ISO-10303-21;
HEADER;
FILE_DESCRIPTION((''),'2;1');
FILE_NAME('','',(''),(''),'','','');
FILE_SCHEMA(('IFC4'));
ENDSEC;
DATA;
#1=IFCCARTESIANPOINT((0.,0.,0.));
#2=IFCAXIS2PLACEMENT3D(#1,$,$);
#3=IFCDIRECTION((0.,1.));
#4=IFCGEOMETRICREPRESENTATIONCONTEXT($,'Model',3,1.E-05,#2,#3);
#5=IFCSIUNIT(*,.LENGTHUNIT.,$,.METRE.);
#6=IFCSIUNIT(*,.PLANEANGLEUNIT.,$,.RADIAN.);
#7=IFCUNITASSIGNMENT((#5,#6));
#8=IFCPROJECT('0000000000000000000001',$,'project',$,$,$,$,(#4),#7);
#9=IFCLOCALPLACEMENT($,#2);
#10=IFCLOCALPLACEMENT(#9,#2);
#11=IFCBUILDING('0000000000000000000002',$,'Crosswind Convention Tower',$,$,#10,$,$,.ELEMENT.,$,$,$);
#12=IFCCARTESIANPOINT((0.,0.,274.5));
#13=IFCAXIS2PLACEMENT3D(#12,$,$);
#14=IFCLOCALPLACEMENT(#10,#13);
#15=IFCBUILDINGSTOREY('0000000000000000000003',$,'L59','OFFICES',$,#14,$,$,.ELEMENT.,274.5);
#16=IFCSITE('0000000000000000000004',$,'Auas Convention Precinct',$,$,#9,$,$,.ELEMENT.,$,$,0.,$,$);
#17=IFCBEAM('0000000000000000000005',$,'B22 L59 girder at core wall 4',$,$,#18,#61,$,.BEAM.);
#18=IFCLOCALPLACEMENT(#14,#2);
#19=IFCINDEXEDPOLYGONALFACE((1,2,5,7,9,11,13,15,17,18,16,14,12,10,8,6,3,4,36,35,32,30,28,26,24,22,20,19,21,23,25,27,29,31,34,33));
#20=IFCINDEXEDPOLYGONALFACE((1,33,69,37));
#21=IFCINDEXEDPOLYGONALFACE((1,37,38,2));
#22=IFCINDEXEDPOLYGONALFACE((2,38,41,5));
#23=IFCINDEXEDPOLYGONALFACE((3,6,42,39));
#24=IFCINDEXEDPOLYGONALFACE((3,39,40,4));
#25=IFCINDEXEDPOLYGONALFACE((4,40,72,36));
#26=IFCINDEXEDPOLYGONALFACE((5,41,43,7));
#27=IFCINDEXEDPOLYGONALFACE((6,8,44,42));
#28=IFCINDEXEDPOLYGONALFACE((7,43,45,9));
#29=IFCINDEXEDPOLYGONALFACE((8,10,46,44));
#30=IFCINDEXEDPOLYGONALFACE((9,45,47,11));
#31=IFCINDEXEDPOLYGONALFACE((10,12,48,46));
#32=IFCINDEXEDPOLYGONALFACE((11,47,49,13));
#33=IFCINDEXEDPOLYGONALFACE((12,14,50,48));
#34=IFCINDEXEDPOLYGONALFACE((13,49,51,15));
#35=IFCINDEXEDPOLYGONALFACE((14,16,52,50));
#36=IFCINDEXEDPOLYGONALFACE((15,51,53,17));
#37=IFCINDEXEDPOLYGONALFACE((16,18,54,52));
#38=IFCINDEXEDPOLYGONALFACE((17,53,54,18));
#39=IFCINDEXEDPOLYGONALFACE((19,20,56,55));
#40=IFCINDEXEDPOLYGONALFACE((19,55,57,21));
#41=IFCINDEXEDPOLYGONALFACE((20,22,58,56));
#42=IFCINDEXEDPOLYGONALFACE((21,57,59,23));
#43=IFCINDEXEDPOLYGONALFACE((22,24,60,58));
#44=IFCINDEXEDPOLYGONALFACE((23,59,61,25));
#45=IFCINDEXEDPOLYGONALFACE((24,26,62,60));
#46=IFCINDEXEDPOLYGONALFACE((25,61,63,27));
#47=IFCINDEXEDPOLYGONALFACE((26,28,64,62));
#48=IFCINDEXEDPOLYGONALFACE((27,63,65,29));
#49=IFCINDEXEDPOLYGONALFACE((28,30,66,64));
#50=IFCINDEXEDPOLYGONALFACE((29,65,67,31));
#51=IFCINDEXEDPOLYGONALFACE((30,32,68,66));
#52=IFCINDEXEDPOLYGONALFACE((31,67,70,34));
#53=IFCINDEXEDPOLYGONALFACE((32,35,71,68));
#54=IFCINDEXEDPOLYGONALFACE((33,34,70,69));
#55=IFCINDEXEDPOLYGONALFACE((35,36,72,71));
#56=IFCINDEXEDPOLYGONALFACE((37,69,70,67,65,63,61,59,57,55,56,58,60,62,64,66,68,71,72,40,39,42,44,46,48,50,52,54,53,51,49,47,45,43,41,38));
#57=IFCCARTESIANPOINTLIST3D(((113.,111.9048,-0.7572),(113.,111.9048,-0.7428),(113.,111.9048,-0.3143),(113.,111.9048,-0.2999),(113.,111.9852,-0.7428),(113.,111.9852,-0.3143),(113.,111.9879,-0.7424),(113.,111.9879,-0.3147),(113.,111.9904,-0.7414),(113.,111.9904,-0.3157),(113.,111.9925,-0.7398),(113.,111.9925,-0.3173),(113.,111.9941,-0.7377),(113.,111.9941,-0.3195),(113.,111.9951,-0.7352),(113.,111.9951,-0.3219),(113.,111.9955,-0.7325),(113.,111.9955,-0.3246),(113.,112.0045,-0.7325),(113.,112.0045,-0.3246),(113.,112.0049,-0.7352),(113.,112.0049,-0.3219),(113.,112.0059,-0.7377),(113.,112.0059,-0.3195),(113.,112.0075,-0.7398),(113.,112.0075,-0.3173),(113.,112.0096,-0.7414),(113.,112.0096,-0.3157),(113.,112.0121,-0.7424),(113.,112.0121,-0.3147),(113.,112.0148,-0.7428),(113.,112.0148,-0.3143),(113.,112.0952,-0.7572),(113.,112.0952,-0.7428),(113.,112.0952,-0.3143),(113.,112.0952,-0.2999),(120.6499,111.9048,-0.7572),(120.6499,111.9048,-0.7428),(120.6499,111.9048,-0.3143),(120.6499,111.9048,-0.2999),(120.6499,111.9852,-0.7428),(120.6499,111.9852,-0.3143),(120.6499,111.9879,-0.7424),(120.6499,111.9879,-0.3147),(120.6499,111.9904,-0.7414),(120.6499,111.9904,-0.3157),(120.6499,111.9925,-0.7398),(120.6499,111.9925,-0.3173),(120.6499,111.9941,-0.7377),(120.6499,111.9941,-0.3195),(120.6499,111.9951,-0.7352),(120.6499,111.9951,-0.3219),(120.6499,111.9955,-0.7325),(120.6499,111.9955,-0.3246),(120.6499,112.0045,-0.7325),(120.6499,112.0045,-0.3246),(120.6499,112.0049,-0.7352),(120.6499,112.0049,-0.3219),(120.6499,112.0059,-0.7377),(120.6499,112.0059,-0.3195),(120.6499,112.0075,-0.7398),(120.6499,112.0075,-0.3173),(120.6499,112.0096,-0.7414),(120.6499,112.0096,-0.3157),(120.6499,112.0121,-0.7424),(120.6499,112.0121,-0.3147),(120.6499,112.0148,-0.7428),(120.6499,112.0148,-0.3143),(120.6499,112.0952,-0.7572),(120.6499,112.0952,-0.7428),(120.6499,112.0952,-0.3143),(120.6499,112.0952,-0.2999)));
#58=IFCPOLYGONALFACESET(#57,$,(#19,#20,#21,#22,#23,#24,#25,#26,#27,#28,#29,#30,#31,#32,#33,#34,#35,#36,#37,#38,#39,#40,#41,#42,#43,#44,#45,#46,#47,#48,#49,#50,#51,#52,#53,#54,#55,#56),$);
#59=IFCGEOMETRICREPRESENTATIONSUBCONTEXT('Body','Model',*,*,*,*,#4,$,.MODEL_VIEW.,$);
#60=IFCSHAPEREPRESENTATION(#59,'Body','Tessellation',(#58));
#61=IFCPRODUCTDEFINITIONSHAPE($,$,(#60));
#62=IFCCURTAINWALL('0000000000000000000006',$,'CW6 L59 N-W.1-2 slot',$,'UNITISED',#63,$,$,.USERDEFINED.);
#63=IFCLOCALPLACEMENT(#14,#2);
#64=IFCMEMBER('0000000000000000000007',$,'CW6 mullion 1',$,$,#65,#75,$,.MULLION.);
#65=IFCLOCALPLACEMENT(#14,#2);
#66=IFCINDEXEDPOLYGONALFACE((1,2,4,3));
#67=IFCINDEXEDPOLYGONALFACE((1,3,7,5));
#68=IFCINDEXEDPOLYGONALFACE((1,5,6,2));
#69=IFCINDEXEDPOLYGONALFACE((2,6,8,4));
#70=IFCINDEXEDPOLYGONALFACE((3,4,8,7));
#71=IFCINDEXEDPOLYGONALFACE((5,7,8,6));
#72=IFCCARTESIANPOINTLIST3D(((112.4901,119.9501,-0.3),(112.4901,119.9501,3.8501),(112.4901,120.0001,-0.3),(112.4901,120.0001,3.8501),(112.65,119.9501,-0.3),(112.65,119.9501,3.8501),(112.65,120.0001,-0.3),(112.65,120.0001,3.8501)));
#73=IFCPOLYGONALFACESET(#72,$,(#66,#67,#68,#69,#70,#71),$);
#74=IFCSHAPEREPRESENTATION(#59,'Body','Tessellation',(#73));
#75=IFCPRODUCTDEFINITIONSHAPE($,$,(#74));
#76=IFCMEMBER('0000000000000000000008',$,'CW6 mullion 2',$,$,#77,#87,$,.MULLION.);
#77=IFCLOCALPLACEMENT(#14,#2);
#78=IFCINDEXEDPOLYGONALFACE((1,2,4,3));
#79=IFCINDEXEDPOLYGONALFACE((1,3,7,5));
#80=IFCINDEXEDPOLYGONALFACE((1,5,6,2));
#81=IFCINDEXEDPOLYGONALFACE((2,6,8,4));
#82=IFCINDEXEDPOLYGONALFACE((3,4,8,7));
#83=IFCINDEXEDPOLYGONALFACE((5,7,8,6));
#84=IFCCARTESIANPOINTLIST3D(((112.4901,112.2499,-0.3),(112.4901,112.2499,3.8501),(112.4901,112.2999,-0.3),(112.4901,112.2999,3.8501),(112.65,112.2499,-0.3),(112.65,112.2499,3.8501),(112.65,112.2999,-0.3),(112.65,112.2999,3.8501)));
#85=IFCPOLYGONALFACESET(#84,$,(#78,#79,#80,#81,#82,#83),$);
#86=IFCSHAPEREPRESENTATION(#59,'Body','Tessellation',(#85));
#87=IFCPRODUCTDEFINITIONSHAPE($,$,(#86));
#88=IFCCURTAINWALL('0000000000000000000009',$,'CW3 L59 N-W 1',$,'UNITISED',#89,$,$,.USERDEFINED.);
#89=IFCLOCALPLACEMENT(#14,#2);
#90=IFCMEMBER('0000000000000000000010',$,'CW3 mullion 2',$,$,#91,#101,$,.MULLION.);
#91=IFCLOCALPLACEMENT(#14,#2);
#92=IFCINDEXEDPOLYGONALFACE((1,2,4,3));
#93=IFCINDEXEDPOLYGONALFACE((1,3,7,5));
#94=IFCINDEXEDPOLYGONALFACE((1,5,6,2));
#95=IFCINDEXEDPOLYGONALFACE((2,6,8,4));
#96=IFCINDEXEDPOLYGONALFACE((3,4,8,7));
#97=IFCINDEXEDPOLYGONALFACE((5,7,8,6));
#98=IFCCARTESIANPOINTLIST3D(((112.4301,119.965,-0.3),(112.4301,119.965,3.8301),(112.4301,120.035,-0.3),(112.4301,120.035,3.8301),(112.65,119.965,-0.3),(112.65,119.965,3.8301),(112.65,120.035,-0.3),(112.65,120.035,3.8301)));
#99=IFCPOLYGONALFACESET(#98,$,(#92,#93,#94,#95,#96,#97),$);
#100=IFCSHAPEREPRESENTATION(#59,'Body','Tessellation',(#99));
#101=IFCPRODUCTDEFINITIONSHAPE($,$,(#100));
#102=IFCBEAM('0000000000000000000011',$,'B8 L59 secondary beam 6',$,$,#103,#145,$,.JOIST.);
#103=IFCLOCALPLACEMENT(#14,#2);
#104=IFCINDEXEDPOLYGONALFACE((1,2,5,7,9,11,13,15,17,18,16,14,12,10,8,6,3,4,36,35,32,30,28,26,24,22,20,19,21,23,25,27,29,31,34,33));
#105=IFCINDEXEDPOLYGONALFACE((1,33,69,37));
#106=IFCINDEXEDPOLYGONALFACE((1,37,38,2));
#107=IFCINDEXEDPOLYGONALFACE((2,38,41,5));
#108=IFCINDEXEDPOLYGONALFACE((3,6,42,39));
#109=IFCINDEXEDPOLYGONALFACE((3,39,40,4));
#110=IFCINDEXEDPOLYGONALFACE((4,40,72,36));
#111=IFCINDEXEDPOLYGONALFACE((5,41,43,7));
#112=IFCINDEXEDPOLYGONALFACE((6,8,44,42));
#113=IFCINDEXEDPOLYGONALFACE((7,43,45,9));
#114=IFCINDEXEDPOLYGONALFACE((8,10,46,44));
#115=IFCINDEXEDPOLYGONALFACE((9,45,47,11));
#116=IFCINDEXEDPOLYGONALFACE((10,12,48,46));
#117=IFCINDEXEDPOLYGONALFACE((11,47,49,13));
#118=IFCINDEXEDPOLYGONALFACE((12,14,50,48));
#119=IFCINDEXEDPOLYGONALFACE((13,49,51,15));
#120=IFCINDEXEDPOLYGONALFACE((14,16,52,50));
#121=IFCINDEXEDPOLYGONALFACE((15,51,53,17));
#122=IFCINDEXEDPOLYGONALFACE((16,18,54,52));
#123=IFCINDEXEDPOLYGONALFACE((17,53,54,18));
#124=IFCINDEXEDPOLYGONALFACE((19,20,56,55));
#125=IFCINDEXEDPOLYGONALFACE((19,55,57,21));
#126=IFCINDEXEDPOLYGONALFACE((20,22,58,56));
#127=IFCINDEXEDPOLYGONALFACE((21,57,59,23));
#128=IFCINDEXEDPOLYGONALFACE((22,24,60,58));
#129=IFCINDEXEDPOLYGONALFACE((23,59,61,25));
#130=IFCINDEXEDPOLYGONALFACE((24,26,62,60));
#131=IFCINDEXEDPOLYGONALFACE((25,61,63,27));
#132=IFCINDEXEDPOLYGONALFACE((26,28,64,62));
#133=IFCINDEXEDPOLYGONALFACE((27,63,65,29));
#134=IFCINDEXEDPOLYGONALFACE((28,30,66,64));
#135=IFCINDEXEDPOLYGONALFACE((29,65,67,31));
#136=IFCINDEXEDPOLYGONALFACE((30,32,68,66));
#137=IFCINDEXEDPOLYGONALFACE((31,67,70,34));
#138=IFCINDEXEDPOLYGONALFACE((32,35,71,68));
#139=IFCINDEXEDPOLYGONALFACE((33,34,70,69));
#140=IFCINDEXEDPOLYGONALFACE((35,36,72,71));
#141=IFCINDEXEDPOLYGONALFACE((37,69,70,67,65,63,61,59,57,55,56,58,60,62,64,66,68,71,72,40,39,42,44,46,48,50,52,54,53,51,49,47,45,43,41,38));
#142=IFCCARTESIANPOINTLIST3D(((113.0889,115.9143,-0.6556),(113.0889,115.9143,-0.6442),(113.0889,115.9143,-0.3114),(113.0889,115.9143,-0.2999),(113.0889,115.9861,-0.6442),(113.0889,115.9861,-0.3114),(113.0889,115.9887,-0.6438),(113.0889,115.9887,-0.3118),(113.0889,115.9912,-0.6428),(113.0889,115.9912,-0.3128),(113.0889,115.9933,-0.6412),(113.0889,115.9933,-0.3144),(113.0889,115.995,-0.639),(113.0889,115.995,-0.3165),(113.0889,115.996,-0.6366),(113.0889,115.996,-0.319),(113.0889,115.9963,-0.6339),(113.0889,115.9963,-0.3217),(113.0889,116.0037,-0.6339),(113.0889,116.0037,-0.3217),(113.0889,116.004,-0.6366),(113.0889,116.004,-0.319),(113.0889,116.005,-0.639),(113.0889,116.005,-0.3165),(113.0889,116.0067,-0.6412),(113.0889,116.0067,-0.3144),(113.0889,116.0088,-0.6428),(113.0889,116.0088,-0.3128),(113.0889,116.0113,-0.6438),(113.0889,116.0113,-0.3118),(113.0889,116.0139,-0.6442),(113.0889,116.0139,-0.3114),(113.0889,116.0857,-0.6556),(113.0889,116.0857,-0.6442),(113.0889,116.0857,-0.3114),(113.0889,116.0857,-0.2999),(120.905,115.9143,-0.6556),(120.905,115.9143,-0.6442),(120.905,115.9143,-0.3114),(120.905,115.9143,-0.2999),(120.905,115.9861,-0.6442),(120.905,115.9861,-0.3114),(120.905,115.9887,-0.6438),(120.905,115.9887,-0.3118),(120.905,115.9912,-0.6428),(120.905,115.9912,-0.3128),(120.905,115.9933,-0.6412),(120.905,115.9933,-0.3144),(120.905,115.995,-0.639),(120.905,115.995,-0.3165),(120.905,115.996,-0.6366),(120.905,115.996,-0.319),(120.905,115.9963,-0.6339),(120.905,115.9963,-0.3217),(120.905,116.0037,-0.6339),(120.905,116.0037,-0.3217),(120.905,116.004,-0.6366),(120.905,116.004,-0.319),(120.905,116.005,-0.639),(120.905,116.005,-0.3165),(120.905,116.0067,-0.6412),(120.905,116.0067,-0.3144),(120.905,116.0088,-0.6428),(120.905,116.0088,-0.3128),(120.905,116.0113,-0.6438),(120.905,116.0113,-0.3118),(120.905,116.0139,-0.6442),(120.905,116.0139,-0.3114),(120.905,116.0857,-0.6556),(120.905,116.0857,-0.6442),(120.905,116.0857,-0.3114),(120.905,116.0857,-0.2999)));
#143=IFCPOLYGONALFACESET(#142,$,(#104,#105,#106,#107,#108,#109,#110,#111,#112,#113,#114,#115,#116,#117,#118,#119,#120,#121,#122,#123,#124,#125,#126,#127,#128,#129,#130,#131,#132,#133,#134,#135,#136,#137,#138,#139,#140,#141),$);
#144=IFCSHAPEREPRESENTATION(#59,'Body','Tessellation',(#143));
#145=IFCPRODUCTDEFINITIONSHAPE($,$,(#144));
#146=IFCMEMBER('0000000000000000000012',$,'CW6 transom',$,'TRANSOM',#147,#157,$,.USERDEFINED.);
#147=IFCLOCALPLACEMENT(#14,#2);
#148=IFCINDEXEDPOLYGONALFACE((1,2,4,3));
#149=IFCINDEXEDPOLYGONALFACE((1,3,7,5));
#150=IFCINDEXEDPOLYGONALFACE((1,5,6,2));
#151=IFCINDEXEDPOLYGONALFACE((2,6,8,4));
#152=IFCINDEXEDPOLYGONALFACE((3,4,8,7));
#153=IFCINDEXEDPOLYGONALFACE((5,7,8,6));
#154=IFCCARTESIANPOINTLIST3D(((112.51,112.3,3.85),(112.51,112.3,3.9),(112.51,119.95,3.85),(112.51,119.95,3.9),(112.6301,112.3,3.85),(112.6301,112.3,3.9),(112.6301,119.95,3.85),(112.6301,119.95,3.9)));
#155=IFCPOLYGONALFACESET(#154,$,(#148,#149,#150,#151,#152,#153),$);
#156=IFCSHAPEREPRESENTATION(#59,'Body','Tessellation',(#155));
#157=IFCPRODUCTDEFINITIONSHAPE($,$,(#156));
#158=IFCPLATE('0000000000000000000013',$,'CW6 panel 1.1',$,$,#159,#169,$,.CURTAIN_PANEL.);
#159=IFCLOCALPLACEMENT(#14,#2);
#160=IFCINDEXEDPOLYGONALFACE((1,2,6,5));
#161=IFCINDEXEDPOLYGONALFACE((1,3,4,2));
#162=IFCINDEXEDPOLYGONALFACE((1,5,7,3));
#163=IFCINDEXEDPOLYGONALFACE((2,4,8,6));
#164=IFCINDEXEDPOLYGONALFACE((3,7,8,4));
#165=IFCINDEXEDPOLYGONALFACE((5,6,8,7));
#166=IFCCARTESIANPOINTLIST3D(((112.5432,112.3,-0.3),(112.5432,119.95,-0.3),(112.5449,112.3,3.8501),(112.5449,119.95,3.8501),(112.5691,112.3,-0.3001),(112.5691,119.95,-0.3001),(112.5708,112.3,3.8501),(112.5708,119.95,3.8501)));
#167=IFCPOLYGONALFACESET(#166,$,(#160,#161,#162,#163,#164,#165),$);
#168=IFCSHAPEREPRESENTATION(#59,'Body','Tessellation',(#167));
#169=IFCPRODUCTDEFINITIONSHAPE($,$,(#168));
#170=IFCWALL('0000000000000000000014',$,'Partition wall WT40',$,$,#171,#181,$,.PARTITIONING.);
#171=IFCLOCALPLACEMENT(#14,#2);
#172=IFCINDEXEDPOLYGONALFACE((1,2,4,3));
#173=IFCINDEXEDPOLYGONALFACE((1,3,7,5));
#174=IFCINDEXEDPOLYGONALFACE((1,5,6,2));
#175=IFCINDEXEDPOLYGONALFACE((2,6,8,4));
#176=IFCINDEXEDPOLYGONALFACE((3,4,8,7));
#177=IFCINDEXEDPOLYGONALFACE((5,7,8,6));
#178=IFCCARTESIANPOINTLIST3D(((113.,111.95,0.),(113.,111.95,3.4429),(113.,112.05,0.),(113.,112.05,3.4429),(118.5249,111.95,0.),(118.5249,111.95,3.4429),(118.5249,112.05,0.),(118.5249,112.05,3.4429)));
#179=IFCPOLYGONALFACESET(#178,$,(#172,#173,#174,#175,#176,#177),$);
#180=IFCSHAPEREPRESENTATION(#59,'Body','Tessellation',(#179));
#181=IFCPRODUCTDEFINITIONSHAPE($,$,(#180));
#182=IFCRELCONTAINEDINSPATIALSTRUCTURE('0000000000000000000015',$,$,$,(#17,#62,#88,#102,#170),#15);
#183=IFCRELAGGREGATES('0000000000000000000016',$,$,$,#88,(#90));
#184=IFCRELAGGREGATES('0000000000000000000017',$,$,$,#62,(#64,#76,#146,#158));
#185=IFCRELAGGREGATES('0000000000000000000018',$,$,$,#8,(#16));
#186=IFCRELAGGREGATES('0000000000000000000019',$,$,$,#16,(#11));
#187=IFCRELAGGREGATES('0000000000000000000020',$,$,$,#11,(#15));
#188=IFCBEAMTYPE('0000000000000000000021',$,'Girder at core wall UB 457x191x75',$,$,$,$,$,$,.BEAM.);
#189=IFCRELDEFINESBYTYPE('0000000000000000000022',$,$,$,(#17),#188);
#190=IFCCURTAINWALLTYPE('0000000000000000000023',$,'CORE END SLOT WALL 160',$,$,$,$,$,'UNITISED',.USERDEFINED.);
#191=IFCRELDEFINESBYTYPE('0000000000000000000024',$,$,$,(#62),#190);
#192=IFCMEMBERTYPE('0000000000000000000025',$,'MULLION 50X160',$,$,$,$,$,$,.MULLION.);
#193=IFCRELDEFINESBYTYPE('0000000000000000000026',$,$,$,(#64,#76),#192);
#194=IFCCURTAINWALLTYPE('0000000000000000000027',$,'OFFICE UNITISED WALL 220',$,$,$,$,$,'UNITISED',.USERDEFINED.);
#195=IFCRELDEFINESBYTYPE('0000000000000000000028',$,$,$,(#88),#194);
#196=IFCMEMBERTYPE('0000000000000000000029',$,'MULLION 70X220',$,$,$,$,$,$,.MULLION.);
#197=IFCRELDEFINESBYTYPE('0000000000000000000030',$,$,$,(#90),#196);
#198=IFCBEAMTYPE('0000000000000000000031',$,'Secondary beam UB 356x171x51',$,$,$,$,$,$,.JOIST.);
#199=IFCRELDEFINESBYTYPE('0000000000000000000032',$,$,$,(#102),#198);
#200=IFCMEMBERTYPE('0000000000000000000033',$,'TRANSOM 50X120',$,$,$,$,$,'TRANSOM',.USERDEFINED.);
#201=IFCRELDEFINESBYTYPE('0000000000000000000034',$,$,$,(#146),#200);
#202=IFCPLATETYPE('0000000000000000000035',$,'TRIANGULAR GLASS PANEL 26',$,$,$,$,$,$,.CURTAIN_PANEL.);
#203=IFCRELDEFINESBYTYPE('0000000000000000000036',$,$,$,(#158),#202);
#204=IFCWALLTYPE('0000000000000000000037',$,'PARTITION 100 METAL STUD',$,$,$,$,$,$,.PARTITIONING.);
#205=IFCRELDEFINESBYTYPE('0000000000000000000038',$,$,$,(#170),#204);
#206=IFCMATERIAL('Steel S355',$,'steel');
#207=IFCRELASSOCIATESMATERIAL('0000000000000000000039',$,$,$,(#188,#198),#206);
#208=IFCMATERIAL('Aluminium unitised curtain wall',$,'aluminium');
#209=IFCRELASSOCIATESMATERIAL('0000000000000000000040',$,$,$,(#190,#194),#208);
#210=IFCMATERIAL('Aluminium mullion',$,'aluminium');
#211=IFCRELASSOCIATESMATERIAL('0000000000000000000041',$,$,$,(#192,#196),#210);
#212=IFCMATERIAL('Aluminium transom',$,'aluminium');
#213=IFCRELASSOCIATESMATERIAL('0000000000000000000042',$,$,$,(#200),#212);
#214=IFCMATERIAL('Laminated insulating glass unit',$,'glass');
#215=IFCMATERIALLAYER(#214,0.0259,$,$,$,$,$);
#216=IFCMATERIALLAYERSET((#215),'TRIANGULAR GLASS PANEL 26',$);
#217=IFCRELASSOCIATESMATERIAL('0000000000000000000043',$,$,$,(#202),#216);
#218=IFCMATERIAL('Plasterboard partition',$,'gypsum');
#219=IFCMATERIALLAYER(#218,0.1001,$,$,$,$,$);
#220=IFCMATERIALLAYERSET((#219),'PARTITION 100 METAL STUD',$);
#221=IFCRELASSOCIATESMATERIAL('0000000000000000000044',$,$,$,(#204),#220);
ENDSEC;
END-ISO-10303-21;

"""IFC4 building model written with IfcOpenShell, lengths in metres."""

from ifc_helpers import new_model, si_unit, direction, frame, frame_2d, origin, origin_2d, place, context, subcontext, project, spatial, polyline, rectangle, i_section, outline, extrude, material, layer, layer_set, material_profile, profile_set, type_object, element, aggregate, save


model = new_model("IFC4")

# Units and contexts
model_context = context("Model", 3, precision=1e-05, world=origin(), true_north=direction((0.0, 1.0)))
body_context = subcontext(model_context, "Body", "Model", "MODEL_VIEW")
ifc_project = project(units=[si_unit("LENGTHUNIT", "METRE"), si_unit("PLANEANGLEUNIT", "RADIAN")], contexts=[model_context])

# Site, building, storey
site_placement = place(None, origin())
site = spatial("IfcSite", under=ifc_project, at=site_placement, Name="Auas Convention Precinct", CompositionType="ELEMENT", RefElevation=0.0)
building_placement = place(site_placement, origin())
building = spatial("IfcBuilding", under=site, at=building_placement, Name="Crosswind Convention Tower", CompositionType="ELEMENT")
storey_placement = place(building_placement, frame((0.0, 0.0, 274.5)))
storey = spatial("IfcBuildingStorey", under=building, at=storey_placement, Name="L59", Description="OFFICES", CompositionType="ELEMENT", Elevation=274.5)

# Beam
ifc_material_1 = material(Name="Steel S355", Category="steel")
ifc_material_profile_1 = material_profile(ifc_material_1, i_section(OverallWidth=0.1904, OverallDepth=0.4573, WebThickness=0.009, FlangeThickness=0.0144, FilletRadius=0.0103, at=origin_2d()), Name="UB 457x191x75")
ifc_profile_set_1 = profile_set([ifc_material_profile_1], Name="Steel S355")
beam_type_1 = type_object("IfcBeamType", Name="Girder at core wall UB 457x191x75", PredefinedType="BEAM", material=ifc_profile_set_1)
beam_1_placement = place(storey_placement, frame((113.0, 112.0, -0.5286), z_axis=(1.0, 0.0, 0.0), x_axis=(0.0, 1.0, 0.0)))
element("IfcBeam", 1, at=beam_1_placement, inside=storey, type_object=beam_type_1, Name="B22 L59 girder at core wall 4", PredefinedType="BEAM", context=body_context, shape_type="SweptSolid", body=[
    extrude(i_section(OverallWidth=0.1904, OverallDepth=0.4573, WebThickness=0.009, FlangeThickness=0.0144, FilletRadius=0.0103, at=origin_2d()), origin(), (0.0, 0.0, 1.0), 7.6499),
])

# Curtain wall, members
ifc_material_2 = material(Name="Aluminium unitised curtain wall", Category="aluminium")
curtain_wall_type_1 = type_object("IfcCurtainWallType", Name="CORE END SLOT WALL 160", ElementType="UNITISED", PredefinedType="USERDEFINED", material=ifc_material_2)
curtain_wall_1_placement = place(storey_placement, origin())
curtain_wall_1 = element("IfcCurtainWall", 2, at=curtain_wall_1_placement, inside=storey, type_object=curtain_wall_type_1, Name="CW6 L59 N-W.1-2 slot", ObjectType="UNITISED", PredefinedType="USERDEFINED")
ifc_material_3 = material(Name="Aluminium mullion", Category="aluminium")
ifc_material_profile_2 = material_profile(ifc_material_3, rectangle(XDim=0.1599, YDim=0.05, at=origin_2d()), Name="AL 160X50")
ifc_profile_set_2 = profile_set([ifc_material_profile_2], Name="Aluminium mullion")
member_type_1 = type_object("IfcMemberType", Name="MULLION 50X160", PredefinedType="MULLION", material=ifc_profile_set_2)
member_1_placement = place(storey_placement, frame((112.5701, 119.9751, -0.3), z_axis=(0.0, 0.0, 1.0), x_axis=(-1.0, 0.0, 0.0)))
member_1 = element("IfcMember", 3, at=member_1_placement, type_object=member_type_1, Name="CW6 mullion 1", PredefinedType="MULLION", context=body_context, shape_type="SweptSolid", body=[
    extrude(rectangle(XDim=0.1599, YDim=0.05, at=origin_2d()), origin(), (0.0, 0.0, 1.0), 4.1501),
])
member_2_placement = place(storey_placement, frame((112.5701, 112.2749, -0.3), z_axis=(0.0, 0.0, 1.0), x_axis=(-1.0, 0.0, 0.0)))
member_2 = element("IfcMember", 4, at=member_2_placement, type_object=member_type_1, Name="CW6 mullion 2", PredefinedType="MULLION", context=body_context, shape_type="SweptSolid", body=[
    extrude(rectangle(XDim=0.1599, YDim=0.05, at=origin_2d()), origin(), (0.0, 0.0, 1.0), 4.1501),
])

# Curtain wall, member
curtain_wall_type_2 = type_object("IfcCurtainWallType", Name="OFFICE UNITISED WALL 220", ElementType="UNITISED", PredefinedType="USERDEFINED", material=ifc_material_2)
curtain_wall_2_placement = place(storey_placement, origin())
curtain_wall_2 = element("IfcCurtainWall", 5, at=curtain_wall_2_placement, inside=storey, type_object=curtain_wall_type_2, Name="CW3 L59 N-W 1", ObjectType="UNITISED", PredefinedType="USERDEFINED")
ifc_material_profile_3 = material_profile(ifc_material_3, rectangle(XDim=0.22, YDim=0.0701, at=origin_2d()), Name="AL 220X70")
ifc_profile_set_3 = profile_set([ifc_material_profile_3], Name="Aluminium mullion")
member_type_2 = type_object("IfcMemberType", Name="MULLION 70X220", PredefinedType="MULLION", material=ifc_profile_set_3)
member_3_placement = place(storey_placement, frame((112.54, 120.0, -0.3), z_axis=(0.0, 0.0, 1.0), x_axis=(-1.0, 0.0, 0.0)))
member_3 = element("IfcMember", 6, at=member_3_placement, type_object=member_type_2, Name="CW3 mullion 2", PredefinedType="MULLION", context=body_context, shape_type="SweptSolid", body=[
    extrude(rectangle(XDim=0.22, YDim=0.0701, at=origin_2d()), origin(), (0.0, 0.0, 1.0), 4.1301),
])
aggregate(curtain_wall_2, [member_3])

# Beam
ifc_material_profile_4 = material_profile(ifc_material_1, i_section(OverallWidth=0.1714, OverallDepth=0.3557, WebThickness=0.0073, FlangeThickness=0.0115, FilletRadius=0.0103, at=origin_2d()), Name="UB 356x171x51")
ifc_profile_set_4 = profile_set([ifc_material_profile_4], Name="Steel S355")
beam_type_2 = type_object("IfcBeamType", Name="Secondary beam UB 356x171x51", PredefinedType="JOIST", material=ifc_profile_set_4)
beam_2_placement = place(storey_placement, frame((113.0889, 116.0, -0.4778), z_axis=(1.0, 0.0, 0.0), x_axis=(0.0, 1.0, 0.0)))
element("IfcBeam", 7, at=beam_2_placement, inside=storey, type_object=beam_type_2, Name="B8 L59 secondary beam 6", PredefinedType="JOIST", context=body_context, shape_type="SweptSolid", body=[
    extrude(i_section(OverallWidth=0.1714, OverallDepth=0.3557, WebThickness=0.0073, FlangeThickness=0.0115, FilletRadius=0.0103, at=origin_2d()), origin(), (0.0, 0.0, 1.0), 7.8162),
])

# Member
ifc_material_4 = material(Name="Aluminium transom", Category="aluminium")
ifc_material_profile_5 = material_profile(ifc_material_4, rectangle(XDim=0.1201, YDim=0.05, at=origin_2d()), Name="AL 120X50")
ifc_profile_set_5 = profile_set([ifc_material_profile_5], Name="Aluminium transom")
member_type_3 = type_object("IfcMemberType", Name="TRANSOM 50X120", ElementType="TRANSOM", PredefinedType="USERDEFINED", material=ifc_profile_set_5)
member_4_placement = place(storey_placement, frame((112.5701, 119.95, 3.875), z_axis=(0.0, -1.0, 0.0), x_axis=(1.0, 0.0, 0.0)))
member_4 = element("IfcMember", 8, at=member_4_placement, type_object=member_type_3, Name="CW6 transom", ObjectType="TRANSOM", PredefinedType="USERDEFINED", context=body_context, shape_type="SweptSolid", body=[
    extrude(rectangle(XDim=0.1201, YDim=0.05, at=origin_2d()), origin(), (0.0, 0.0, 1.0), 7.6499),
])

# Plate
ifc_material_5 = material(Name="Laminated insulating glass unit", Category="glass")
ifc_layer_1 = layer(ifc_material_5, 0.0259)
ifc_layer_set_1 = layer_set([ifc_layer_1], Name="TRIANGULAR GLASS PANEL 26")
plate_type = type_object("IfcPlateType", Name="TRIANGULAR GLASS PANEL 26", PredefinedType="CURTAIN_PANEL", material=ifc_layer_set_1)
plate_placement = place(storey_placement, frame((112.5432, 119.95, -0.3), z_axis=(-1.0, 0.0, 0.000412), x_axis=(0.0, -1.0, 0.0)))
plate = element("IfcPlate", 9, at=plate_placement, type_object=plate_type, Name="CW6 panel 1.1", PredefinedType="CURTAIN_PANEL", context=body_context, shape_type="SweptSolid", body=[
    extrude(outline(polyline([(0.0, 0.0), (7.6499, 0.0), (7.6499, 4.1501), (0.0, 4.1501), (0.0, 0.0)])), origin(), (0.0, 0.0, -1.0), 0.0259),
])
aggregate(curtain_wall_1, [member_1, member_2, member_4, plate])

# Wall
ifc_material_6 = material(Name="Plasterboard partition", Category="gypsum")
ifc_layer_2 = layer(ifc_material_6, 0.1001)
ifc_layer_set_2 = layer_set([ifc_layer_2], Name="PARTITION 100 METAL STUD")
wall_type_1 = type_object("IfcWallType", Name="PARTITION 100 METAL STUD", PredefinedType="PARTITIONING", material=ifc_layer_set_2)
wall_1_placement = place(storey_placement, frame((113.0, 112.0, 0.0), z_axis=(0.0, 0.0, 1.0), x_axis=(1.0, 0.0, 0.0)))
element("IfcWall", 10, at=wall_1_placement, inside=storey, type_object=wall_type_1, Name="Partition wall WT40", PredefinedType="PARTITIONING", context=body_context, shape_type="SweptSolid", body=[
    extrude(rectangle(XDim=5.5249, YDim=0.1001, at=frame_2d((2.7625, 0.0))), origin(), (0.0, 0.0, 1.0), 3.4429),
])

save(model, "model.ifc")
